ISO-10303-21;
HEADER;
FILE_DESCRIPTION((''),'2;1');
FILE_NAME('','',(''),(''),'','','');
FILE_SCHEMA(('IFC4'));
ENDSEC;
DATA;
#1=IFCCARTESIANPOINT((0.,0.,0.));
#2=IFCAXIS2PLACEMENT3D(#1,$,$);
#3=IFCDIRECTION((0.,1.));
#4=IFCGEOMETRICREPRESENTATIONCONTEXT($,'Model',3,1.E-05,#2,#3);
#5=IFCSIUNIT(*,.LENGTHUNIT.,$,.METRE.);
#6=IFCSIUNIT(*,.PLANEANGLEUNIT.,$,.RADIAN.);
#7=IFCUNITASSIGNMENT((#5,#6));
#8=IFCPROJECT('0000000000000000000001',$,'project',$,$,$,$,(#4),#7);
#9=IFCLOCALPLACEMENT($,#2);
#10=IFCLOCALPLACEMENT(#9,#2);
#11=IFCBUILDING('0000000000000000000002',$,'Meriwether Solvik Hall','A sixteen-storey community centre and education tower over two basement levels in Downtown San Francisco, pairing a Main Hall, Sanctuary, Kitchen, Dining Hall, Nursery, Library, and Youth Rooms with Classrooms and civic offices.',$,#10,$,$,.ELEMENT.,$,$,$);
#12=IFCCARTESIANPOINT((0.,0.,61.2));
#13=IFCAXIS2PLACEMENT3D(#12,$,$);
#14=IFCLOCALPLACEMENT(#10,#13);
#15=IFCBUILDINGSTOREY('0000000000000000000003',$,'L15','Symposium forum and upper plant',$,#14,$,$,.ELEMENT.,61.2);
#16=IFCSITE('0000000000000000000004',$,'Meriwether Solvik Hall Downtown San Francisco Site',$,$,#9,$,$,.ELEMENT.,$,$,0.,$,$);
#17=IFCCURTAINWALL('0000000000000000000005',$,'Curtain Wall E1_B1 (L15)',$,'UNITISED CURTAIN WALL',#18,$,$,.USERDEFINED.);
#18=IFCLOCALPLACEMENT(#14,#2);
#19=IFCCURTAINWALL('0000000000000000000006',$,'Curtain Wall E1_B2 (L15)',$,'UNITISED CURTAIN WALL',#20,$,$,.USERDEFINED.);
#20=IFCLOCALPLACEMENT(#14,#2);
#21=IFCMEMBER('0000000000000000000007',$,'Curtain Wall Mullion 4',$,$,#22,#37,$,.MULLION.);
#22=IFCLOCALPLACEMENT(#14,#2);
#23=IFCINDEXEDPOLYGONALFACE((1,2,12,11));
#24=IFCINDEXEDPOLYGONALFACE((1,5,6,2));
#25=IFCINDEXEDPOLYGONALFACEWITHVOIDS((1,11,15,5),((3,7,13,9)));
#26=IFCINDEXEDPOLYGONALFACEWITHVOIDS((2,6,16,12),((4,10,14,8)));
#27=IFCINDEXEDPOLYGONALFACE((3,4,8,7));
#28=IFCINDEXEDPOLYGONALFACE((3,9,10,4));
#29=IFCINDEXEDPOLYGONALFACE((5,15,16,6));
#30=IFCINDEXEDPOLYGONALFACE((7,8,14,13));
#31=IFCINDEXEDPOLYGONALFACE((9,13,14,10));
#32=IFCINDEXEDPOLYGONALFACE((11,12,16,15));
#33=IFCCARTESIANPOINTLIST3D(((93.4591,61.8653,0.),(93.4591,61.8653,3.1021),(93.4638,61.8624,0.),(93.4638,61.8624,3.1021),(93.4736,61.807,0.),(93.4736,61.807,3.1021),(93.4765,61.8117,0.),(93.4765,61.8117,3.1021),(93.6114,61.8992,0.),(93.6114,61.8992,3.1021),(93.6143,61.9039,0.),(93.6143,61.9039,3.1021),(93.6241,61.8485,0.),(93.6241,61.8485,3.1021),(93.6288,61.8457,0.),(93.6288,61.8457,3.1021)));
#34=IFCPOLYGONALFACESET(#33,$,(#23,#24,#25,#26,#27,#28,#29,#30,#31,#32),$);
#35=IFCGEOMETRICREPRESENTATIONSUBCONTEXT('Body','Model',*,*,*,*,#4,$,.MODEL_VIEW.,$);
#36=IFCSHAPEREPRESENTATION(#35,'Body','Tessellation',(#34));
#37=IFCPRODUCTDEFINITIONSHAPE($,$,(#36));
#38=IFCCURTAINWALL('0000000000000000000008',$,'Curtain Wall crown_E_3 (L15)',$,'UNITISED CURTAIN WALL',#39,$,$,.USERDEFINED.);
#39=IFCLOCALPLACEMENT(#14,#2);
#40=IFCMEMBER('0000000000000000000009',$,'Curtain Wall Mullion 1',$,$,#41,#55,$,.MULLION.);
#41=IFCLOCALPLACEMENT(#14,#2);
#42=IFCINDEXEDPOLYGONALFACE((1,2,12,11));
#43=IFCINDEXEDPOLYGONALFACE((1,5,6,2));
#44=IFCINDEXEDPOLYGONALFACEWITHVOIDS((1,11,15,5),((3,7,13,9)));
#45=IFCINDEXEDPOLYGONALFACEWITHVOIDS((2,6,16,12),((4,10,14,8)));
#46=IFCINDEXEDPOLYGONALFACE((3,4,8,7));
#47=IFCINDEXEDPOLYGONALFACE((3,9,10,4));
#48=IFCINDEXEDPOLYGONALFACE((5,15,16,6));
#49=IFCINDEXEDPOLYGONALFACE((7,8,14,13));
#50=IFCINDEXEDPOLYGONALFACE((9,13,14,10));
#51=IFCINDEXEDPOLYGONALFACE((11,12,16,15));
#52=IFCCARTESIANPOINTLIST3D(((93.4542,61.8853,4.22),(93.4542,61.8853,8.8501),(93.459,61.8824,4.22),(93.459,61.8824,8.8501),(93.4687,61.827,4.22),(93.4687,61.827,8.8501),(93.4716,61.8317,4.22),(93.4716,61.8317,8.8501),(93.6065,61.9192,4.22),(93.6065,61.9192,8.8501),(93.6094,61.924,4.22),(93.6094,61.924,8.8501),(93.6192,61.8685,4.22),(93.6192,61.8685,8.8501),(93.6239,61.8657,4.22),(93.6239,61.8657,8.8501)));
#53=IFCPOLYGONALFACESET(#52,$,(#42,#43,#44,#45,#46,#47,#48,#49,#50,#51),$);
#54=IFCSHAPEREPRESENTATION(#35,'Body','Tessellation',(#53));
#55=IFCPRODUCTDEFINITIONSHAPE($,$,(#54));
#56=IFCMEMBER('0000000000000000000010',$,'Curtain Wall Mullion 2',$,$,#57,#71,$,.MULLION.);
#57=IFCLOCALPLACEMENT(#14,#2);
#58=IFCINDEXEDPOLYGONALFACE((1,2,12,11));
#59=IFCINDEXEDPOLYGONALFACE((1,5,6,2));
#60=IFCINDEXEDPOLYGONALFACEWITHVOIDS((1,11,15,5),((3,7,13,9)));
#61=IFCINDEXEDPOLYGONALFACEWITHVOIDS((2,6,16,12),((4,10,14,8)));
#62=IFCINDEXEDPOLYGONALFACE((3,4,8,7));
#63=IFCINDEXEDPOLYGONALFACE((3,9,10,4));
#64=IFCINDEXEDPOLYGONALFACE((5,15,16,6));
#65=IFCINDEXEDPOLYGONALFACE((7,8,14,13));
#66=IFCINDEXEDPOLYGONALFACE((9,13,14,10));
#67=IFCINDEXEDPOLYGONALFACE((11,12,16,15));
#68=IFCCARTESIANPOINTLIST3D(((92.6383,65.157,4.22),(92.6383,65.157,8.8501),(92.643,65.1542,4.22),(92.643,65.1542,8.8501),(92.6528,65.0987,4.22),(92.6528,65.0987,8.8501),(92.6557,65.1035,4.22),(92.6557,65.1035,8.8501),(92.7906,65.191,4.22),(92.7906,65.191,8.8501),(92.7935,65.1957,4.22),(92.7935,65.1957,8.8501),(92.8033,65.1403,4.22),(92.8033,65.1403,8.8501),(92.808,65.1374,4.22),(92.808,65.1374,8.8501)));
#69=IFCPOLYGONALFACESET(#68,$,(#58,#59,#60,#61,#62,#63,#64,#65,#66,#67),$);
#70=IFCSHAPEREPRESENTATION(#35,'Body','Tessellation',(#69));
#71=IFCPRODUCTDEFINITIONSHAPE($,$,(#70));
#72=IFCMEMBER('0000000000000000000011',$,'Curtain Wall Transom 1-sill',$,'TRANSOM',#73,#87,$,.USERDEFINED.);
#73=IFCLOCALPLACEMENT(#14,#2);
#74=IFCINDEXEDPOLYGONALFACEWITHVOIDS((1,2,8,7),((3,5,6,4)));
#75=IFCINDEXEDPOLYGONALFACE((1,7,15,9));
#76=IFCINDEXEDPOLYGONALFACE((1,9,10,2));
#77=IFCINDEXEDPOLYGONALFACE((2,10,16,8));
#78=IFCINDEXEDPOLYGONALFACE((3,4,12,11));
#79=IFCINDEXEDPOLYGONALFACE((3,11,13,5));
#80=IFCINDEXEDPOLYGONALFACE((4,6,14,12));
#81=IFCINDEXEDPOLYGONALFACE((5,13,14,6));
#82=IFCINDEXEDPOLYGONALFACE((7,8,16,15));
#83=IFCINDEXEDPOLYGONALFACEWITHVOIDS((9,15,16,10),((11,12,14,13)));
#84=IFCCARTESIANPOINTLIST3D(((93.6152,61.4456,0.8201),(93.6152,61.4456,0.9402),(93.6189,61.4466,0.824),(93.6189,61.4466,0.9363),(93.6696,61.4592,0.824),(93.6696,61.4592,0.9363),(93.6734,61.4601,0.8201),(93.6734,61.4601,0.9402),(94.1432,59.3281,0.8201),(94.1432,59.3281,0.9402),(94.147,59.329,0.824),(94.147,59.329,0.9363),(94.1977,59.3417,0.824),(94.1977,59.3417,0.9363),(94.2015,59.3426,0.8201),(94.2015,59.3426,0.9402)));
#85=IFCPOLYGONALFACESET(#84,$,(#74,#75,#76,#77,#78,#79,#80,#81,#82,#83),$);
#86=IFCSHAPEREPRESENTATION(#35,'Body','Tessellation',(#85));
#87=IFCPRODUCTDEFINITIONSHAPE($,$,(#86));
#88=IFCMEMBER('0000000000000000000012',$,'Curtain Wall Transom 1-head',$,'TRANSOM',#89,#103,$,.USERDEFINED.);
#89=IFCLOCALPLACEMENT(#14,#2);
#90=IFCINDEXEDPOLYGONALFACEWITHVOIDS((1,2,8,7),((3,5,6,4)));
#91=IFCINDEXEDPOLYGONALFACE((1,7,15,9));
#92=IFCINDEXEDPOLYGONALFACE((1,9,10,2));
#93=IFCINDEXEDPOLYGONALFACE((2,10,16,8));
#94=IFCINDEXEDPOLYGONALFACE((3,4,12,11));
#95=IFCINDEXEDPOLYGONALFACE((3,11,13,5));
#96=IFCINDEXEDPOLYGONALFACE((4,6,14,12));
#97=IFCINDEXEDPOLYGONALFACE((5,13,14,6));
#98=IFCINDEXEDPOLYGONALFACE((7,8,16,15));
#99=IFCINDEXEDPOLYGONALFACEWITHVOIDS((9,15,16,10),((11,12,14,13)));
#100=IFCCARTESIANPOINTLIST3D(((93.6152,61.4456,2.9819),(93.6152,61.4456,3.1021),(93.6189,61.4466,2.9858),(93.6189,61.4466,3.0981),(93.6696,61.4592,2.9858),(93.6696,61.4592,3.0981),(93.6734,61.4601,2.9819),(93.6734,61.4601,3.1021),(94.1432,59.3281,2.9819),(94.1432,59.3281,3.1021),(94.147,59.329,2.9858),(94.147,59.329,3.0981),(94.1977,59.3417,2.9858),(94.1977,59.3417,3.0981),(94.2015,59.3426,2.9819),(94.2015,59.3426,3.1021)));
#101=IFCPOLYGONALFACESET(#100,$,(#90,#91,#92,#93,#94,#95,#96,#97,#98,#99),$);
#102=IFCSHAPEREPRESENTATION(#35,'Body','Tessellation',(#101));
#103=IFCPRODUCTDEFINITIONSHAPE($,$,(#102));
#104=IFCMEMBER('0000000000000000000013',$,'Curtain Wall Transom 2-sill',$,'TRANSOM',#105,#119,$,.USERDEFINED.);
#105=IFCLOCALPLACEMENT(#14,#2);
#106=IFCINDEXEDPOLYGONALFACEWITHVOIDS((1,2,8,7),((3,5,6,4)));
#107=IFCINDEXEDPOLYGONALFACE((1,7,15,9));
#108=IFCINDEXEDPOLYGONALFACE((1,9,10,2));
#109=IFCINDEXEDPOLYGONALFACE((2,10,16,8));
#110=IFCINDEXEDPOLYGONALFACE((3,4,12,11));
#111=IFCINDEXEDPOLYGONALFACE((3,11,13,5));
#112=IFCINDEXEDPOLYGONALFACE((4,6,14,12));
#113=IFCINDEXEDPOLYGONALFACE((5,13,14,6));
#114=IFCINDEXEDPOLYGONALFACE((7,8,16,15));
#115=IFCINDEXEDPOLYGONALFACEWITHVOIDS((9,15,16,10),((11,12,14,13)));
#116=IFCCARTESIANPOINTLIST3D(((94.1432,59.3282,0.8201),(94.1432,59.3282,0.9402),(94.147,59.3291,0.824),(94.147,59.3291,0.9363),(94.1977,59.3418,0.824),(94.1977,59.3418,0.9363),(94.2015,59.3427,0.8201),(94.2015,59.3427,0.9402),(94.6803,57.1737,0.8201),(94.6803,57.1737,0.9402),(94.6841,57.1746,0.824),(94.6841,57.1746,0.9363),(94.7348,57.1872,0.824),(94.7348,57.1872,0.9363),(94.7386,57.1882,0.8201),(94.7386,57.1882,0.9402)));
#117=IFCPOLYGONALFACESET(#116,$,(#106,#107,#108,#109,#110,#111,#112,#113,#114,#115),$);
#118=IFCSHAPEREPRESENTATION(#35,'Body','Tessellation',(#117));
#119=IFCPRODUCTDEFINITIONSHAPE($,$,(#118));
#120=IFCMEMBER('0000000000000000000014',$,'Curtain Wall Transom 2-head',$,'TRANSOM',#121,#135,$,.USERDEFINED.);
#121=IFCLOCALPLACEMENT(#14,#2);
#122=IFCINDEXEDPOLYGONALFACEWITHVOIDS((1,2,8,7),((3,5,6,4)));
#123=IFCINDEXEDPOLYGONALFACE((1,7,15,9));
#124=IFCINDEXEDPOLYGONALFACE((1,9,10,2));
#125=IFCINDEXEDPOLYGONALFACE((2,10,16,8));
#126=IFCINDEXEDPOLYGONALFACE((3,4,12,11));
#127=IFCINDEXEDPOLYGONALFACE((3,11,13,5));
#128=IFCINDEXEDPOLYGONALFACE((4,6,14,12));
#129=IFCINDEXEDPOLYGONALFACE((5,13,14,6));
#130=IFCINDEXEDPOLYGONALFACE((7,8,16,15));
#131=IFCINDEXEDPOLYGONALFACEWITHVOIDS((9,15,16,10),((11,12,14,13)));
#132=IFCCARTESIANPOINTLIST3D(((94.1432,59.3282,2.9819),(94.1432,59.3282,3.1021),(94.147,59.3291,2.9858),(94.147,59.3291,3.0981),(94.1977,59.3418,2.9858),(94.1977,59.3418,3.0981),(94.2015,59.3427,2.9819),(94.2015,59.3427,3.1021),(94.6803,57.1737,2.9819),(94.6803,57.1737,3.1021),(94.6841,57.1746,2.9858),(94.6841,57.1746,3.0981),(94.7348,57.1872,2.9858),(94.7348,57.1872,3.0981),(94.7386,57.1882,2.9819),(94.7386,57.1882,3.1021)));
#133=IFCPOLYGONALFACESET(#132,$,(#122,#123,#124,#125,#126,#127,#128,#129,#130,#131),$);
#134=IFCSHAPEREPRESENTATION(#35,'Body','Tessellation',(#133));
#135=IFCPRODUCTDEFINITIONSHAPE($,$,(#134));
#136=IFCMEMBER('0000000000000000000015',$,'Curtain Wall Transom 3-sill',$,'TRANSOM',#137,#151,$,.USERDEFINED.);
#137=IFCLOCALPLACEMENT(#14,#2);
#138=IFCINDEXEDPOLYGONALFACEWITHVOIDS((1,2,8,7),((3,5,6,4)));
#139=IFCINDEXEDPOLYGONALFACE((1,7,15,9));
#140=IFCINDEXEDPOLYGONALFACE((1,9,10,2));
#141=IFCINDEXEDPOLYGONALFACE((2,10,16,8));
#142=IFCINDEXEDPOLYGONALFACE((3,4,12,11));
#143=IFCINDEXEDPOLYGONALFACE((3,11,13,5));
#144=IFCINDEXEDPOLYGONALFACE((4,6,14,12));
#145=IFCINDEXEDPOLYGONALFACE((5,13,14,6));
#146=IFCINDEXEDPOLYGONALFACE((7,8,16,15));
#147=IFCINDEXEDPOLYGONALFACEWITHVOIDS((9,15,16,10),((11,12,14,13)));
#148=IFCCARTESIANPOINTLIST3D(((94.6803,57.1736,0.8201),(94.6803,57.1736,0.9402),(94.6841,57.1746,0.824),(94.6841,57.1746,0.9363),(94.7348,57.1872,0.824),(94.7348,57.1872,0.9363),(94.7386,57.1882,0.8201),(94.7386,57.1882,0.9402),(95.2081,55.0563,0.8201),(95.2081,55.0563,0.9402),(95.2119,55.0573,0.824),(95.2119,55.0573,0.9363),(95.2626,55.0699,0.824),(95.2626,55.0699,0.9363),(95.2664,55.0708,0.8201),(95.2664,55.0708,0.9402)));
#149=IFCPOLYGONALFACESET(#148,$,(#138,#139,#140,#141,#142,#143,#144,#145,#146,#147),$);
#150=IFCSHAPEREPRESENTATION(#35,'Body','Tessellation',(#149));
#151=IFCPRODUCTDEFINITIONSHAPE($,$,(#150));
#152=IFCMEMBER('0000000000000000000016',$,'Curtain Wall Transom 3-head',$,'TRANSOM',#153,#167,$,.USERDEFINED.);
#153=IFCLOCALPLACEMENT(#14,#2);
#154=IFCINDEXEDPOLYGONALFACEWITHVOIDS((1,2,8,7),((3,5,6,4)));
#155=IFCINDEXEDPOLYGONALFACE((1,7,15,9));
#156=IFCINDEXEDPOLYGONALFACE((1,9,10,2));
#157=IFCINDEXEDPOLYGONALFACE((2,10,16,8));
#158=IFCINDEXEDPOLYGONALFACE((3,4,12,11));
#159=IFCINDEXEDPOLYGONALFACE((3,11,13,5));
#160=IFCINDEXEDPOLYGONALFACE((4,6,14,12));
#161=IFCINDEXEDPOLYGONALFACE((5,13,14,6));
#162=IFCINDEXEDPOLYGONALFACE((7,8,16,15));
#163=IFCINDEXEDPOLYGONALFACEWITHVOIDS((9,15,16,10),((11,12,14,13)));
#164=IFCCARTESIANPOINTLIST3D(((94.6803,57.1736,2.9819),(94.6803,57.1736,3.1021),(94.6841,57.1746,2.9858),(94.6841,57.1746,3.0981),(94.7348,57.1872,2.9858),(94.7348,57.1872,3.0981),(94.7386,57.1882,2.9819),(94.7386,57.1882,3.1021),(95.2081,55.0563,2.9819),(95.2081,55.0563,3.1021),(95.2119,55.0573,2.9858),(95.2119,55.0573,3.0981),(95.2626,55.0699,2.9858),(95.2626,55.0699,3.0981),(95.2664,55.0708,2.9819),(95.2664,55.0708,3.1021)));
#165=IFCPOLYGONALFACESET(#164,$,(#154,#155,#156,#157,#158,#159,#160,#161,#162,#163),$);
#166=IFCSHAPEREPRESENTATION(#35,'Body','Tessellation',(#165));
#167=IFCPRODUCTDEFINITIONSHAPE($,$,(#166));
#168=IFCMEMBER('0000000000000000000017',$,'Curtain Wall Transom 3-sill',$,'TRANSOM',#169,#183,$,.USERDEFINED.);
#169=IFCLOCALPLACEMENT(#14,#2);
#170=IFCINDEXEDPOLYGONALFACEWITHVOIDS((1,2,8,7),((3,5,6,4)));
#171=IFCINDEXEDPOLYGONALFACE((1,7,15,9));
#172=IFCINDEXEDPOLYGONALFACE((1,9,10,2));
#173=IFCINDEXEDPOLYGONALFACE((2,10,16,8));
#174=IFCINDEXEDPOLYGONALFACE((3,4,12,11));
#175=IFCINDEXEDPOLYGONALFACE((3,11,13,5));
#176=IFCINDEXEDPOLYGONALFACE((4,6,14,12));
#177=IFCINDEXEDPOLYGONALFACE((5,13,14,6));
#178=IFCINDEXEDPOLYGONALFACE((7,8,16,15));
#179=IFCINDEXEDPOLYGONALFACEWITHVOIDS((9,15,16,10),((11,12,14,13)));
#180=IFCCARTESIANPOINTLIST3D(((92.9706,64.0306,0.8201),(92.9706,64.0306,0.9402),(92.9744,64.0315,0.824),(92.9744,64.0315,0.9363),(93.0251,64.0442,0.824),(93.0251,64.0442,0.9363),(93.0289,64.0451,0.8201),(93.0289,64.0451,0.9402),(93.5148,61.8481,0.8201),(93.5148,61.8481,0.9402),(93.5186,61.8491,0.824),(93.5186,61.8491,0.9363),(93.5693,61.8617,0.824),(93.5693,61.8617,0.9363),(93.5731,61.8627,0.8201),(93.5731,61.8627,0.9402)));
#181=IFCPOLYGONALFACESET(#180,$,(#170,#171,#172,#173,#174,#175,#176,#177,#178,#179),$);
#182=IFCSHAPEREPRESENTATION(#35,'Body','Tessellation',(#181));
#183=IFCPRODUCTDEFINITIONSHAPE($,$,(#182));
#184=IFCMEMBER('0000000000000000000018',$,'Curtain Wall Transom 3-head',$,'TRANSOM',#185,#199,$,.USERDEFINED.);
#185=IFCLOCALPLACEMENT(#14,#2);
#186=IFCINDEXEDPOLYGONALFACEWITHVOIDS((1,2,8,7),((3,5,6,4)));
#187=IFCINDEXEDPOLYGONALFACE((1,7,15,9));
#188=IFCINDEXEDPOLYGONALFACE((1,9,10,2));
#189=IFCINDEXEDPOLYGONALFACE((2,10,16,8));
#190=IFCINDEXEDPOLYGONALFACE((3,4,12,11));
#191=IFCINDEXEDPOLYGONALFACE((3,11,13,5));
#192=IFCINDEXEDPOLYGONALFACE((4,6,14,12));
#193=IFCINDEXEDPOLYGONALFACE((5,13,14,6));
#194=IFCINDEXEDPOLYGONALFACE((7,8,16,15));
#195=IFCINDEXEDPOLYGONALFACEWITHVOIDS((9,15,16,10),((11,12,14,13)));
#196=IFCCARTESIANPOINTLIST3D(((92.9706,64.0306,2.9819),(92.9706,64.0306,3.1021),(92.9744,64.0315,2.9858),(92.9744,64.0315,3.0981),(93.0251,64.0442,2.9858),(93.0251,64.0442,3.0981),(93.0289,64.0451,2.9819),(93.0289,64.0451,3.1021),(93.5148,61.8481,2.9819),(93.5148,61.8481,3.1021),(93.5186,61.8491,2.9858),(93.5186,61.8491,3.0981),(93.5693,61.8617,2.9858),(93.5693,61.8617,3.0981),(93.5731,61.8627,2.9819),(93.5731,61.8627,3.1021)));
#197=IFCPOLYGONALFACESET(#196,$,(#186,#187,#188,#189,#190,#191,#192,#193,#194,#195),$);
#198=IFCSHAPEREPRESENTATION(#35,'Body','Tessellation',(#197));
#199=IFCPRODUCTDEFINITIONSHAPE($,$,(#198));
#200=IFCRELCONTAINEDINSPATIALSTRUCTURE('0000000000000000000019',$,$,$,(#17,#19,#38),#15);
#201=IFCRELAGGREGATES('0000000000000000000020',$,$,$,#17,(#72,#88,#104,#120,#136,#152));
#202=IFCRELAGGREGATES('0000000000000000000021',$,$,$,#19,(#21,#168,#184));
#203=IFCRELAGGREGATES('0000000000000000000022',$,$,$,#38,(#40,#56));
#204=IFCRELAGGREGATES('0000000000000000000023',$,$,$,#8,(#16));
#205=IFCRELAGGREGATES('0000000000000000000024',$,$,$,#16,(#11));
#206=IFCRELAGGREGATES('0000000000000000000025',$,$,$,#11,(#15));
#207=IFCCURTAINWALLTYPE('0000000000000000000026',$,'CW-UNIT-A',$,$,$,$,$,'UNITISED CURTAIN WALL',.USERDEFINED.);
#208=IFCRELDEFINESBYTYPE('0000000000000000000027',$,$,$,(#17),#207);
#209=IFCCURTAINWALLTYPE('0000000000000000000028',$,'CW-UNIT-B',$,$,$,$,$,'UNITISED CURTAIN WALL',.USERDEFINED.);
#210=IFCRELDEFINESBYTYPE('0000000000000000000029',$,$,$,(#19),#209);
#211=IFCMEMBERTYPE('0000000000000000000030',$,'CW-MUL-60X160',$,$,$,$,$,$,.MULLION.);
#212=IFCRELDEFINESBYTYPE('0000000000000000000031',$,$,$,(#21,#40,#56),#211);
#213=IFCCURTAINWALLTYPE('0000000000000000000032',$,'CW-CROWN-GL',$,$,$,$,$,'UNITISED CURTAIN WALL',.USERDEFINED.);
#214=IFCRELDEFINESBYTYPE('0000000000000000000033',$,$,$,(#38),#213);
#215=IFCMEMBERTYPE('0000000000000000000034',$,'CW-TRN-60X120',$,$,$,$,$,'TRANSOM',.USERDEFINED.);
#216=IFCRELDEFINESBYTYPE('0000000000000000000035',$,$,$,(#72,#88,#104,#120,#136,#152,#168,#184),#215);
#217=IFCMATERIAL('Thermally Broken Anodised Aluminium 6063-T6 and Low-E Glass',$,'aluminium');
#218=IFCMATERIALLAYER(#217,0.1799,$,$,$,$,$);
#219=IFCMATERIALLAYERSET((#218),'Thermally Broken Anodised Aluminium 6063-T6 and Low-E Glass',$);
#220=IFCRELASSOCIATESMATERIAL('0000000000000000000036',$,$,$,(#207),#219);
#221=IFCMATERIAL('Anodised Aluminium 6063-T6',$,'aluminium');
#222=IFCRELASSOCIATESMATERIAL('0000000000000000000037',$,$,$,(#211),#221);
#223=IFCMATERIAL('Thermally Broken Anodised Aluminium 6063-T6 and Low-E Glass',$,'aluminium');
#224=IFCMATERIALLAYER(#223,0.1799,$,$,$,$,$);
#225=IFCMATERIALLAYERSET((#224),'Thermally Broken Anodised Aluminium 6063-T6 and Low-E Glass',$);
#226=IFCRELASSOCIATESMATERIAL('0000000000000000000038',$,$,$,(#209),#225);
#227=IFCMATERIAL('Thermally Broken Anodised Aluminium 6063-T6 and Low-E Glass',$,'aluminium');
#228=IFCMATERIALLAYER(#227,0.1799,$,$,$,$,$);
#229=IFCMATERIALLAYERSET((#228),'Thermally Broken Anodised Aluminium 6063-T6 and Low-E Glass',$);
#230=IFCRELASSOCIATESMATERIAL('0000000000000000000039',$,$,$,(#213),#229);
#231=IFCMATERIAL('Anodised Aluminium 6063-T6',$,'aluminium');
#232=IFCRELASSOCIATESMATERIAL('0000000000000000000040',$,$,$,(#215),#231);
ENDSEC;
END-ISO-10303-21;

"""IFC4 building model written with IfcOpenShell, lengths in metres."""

from ifc_helpers import new_model, si_unit, direction, frame, origin, origin_2d, place, context, subcontext, project, spatial, hollow_rectangle, extrude, material, layer, layer_set, material_profile, profile_set, type_object, element, aggregate, save


model = new_model("IFC4")

# Units and contexts
model_context = context("Model", 3, precision=1e-05, world=origin(), true_north=direction((0.0, 1.0)))
body_context = subcontext(model_context, "Body", "Model", "MODEL_VIEW")
ifc_project = project(units=[si_unit("LENGTHUNIT", "METRE"), si_unit("PLANEANGLEUNIT", "RADIAN")], contexts=[model_context])

# Site, building, storey
site_placement = place(None, origin())
site = spatial("IfcSite", under=ifc_project, at=site_placement, Name="Meriwether Solvik Hall Downtown San Francisco Site", CompositionType="ELEMENT", RefElevation=0.0)
building_placement = place(site_placement, origin())
building = spatial("IfcBuilding", under=site, at=building_placement, Name="Meriwether Solvik Hall", Description="A sixteen-storey community centre and education tower over two basement levels in Downtown San Francisco, pairing a Main Hall, Sanctuary, Kitchen, Dining Hall, Nursery, Library, and Youth Rooms with Classrooms and civic offices.", CompositionType="ELEMENT")
storey_placement = place(building_placement, frame((0.0, 0.0, 61.2)))
storey = spatial("IfcBuildingStorey", under=building, at=storey_placement, Name="L15", Description="Symposium forum and upper plant", CompositionType="ELEMENT", Elevation=61.2)

# Curtain walls, members
ifc_material_1 = material(Name="Thermally Broken Anodised Aluminium 6063-T6 and Low-E Glass", Category="aluminium")
ifc_layer_1 = layer(ifc_material_1, 0.1799)
ifc_layer_set_1 = layer_set([ifc_layer_1], Name="Thermally Broken Anodised Aluminium 6063-T6 and Low-E Glass")
curtain_wall_type_1 = type_object("IfcCurtainWallType", Name="CW-UNIT-A", ElementType="UNITISED CURTAIN WALL", PredefinedType="USERDEFINED", material=ifc_layer_set_1)
curtain_wall_1_placement = place(storey_placement, origin())
curtain_wall_1 = element("IfcCurtainWall", 1, at=curtain_wall_1_placement, inside=storey, type_object=curtain_wall_type_1, Name="Curtain Wall E1_B1 (L15)", ObjectType="UNITISED CURTAIN WALL", PredefinedType="USERDEFINED")
ifc_material_2 = material(Name="Anodised Aluminium 6063-T6", Category="aluminium")
ifc_material_profile_1 = material_profile(ifc_material_2, hollow_rectangle(XDim=0.0601, YDim=0.1599, WallThickness=0.0039, at=origin_2d()), Name="CWM-60X160")
ifc_profile_set_1 = profile_set([ifc_material_profile_1], Name="Anodised Aluminium 6063-T6")
member_type_1 = type_object("IfcMemberType", Name="CW-MUL-60X160", PredefinedType="MULLION", material=ifc_profile_set_1)
ifc_material_3 = material(Name="Thermally Broken Anodised Aluminium 6063-T6 and Low-E Glass", Category="aluminium")
ifc_layer_2 = layer(ifc_material_3, 0.1799)
ifc_layer_set_2 = layer_set([ifc_layer_2], Name="Thermally Broken Anodised Aluminium 6063-T6 and Low-E Glass")
curtain_wall_type_2 = type_object("IfcCurtainWallType", Name="CW-UNIT-B", ElementType="UNITISED CURTAIN WALL", PredefinedType="USERDEFINED", material=ifc_layer_set_2)
curtain_wall_2_placement = place(storey_placement, origin())
curtain_wall_2 = element("IfcCurtainWall", 2, at=curtain_wall_2_placement, inside=storey, type_object=curtain_wall_type_2, Name="Curtain Wall E1_B2 (L15)", ObjectType="UNITISED CURTAIN WALL", PredefinedType="USERDEFINED")
member_1_placement = place(storey_placement, frame((93.5439, 61.8555, 0.0), z_axis=(0.0, 0.0, 1.0), x_axis=(0.241922, -0.970296, 0.0)))
member_1 = element("IfcMember", 3, at=member_1_placement, type_object=member_type_1, Name="Curtain Wall Mullion 4", PredefinedType="MULLION", context=body_context, shape_type="SweptSolid", body=[
    extrude(hollow_rectangle(XDim=0.0601, YDim=0.1599, WallThickness=0.0039, at=origin_2d()), origin(), (0.0, 0.0, 1.0), 3.1021),
])
ifc_material_4 = material(Name="Thermally Broken Anodised Aluminium 6063-T6 and Low-E Glass", Category="aluminium")
ifc_layer_3 = layer(ifc_material_4, 0.1799)
ifc_layer_set_3 = layer_set([ifc_layer_3], Name="Thermally Broken Anodised Aluminium 6063-T6 and Low-E Glass")
curtain_wall_type_3 = type_object("IfcCurtainWallType", Name="CW-CROWN-GL", ElementType="UNITISED CURTAIN WALL", PredefinedType="USERDEFINED", material=ifc_layer_set_3)
curtain_wall_3_placement = place(storey_placement, origin())
curtain_wall_3 = element("IfcCurtainWall", 4, at=curtain_wall_3_placement, inside=storey, type_object=curtain_wall_type_3, Name="Curtain Wall crown_E_3 (L15)", ObjectType="UNITISED CURTAIN WALL", PredefinedType="USERDEFINED")
member_2_placement = place(storey_placement, frame((93.5391, 61.8755, 4.22), z_axis=(0.0, 0.0, 1.0), x_axis=(-0.241923, 0.970296, 0.0)))
member_2 = element("IfcMember", 5, at=member_2_placement, type_object=member_type_1, Name="Curtain Wall Mullion 1", PredefinedType="MULLION", context=body_context, shape_type="SweptSolid", body=[
    extrude(hollow_rectangle(XDim=0.0601, YDim=0.1599, WallThickness=0.0039, at=origin_2d()), origin(), (0.0, 0.0, 1.0), 4.6301),
])
member_3_placement = place(storey_placement, frame((92.7231, 65.1472, 4.22), z_axis=(0.0, 0.0, 1.0), x_axis=(-0.241923, 0.970296, 0.0)))
member_3 = element("IfcMember", 6, at=member_3_placement, type_object=member_type_1, Name="Curtain Wall Mullion 2", PredefinedType="MULLION", context=body_context, shape_type="SweptSolid", body=[
    extrude(hollow_rectangle(XDim=0.0601, YDim=0.1599, WallThickness=0.0039, at=origin_2d()), origin(), (0.0, 0.0, 1.0), 4.6301),
])

# Members
ifc_material_5 = material(Name="Anodised Aluminium 6063-T6", Category="aluminium")
ifc_material_profile_2 = material_profile(ifc_material_5, hollow_rectangle(XDim=0.0601, YDim=0.1201, WallThickness=0.0039, at=origin_2d()), Name="CWT-60X120")
ifc_profile_set_2 = profile_set([ifc_material_profile_2], Name="Anodised Aluminium 6063-T6")
member_type_2 = type_object("IfcMemberType", Name="CW-TRN-60X120", ElementType="TRANSOM", PredefinedType="USERDEFINED", material=ifc_profile_set_2)
member_4_placement = place(storey_placement, frame((93.6443, 61.4529, 0.8801), z_axis=(0.241983, -0.970281, 0.0), x_axis=(0.970281, 0.241983, 0.0)))
member_4 = element("IfcMember", 7, at=member_4_placement, type_object=member_type_2, Name="Curtain Wall Transom 1-sill", ObjectType="TRANSOM", PredefinedType="USERDEFINED", context=body_context, shape_type="SweptSolid", body=[
    extrude(hollow_rectangle(XDim=0.0601, YDim=0.1201, WallThickness=0.0039, at=origin_2d()), origin(), (0.0, 0.0, 1.0), 2.1824),
])
member_5_placement = place(storey_placement, frame((93.6443, 61.4529, 3.042), z_axis=(0.241983, -0.970281, 0.0), x_axis=(0.970281, 0.241983, 0.0)))
member_5 = element("IfcMember", 8, at=member_5_placement, type_object=member_type_2, Name="Curtain Wall Transom 1-head", ObjectType="TRANSOM", PredefinedType="USERDEFINED", context=body_context, shape_type="SweptSolid", body=[
    extrude(hollow_rectangle(XDim=0.0601, YDim=0.1201, WallThickness=0.0039, at=origin_2d()), origin(), (0.0, 0.0, 1.0), 2.1824),
])
member_6_placement = place(storey_placement, frame((94.1724, 59.3354, 0.8801), z_axis=(0.241889, -0.970304, 0.0), x_axis=(0.970304, 0.241889, 0.0)))
member_6 = element("IfcMember", 9, at=member_6_placement, type_object=member_type_2, Name="Curtain Wall Transom 2-sill", ObjectType="TRANSOM", PredefinedType="USERDEFINED", context=body_context, shape_type="SweptSolid", body=[
    extrude(hollow_rectangle(XDim=0.0601, YDim=0.1201, WallThickness=0.0039, at=origin_2d()), origin(), (0.0, 0.0, 1.0), 2.2205),
])
member_7_placement = place(storey_placement, frame((94.1724, 59.3354, 3.042), z_axis=(0.241889, -0.970304, 0.0), x_axis=(0.970304, 0.241889, 0.0)))
member_7 = element("IfcMember", 10, at=member_7_placement, type_object=member_type_2, Name="Curtain Wall Transom 2-head", ObjectType="TRANSOM", PredefinedType="USERDEFINED", context=body_context, shape_type="SweptSolid", body=[
    extrude(hollow_rectangle(XDim=0.0601, YDim=0.1201, WallThickness=0.0039, at=origin_2d()), origin(), (0.0, 0.0, 1.0), 2.2205),
])
member_8_placement = place(storey_placement, frame((94.7095, 57.1809, 0.8801), z_axis=(0.241877, -0.970307, 0.0), x_axis=(0.970307, 0.241877, 0.0)))
member_8 = element("IfcMember", 11, at=member_8_placement, type_object=member_type_2, Name="Curtain Wall Transom 3-sill", ObjectType="TRANSOM", PredefinedType="USERDEFINED", context=body_context, shape_type="SweptSolid", body=[
    extrude(hollow_rectangle(XDim=0.0601, YDim=0.1201, WallThickness=0.0039, at=origin_2d()), origin(), (0.0, 0.0, 1.0), 2.1821),
])
member_9_placement = place(storey_placement, frame((94.7095, 57.1809, 3.042), z_axis=(0.241877, -0.970307, 0.0), x_axis=(0.970307, 0.241877, 0.0)))
member_9 = element("IfcMember", 12, at=member_9_placement, type_object=member_type_2, Name="Curtain Wall Transom 3-head", ObjectType="TRANSOM", PredefinedType="USERDEFINED", context=body_context, shape_type="SweptSolid", body=[
    extrude(hollow_rectangle(XDim=0.0601, YDim=0.1201, WallThickness=0.0039, at=origin_2d()), origin(), (0.0, 0.0, 1.0), 2.1821),
])
member_10_placement = place(storey_placement, frame((92.9998, 64.0378, 0.8801), z_axis=(0.241948, -0.970289, 0.0), x_axis=(0.970289, 0.241948, 0.0)))
member_10 = element("IfcMember", 13, at=member_10_placement, type_object=member_type_2, Name="Curtain Wall Transom 3-sill", ObjectType="TRANSOM", PredefinedType="USERDEFINED", context=body_context, shape_type="SweptSolid", body=[
    extrude(hollow_rectangle(XDim=0.0601, YDim=0.1201, WallThickness=0.0039, at=origin_2d()), origin(), (0.0, 0.0, 1.0), 2.2493),
])
member_11_placement = place(storey_placement, frame((92.9998, 64.0378, 3.042), z_axis=(0.241948, -0.970289, 0.0), x_axis=(0.970289, 0.241948, 0.0)))
member_11 = element("IfcMember", 14, at=member_11_placement, type_object=member_type_2, Name="Curtain Wall Transom 3-head", ObjectType="TRANSOM", PredefinedType="USERDEFINED", context=body_context, shape_type="SweptSolid", body=[
    extrude(hollow_rectangle(XDim=0.0601, YDim=0.1201, WallThickness=0.0039, at=origin_2d()), origin(), (0.0, 0.0, 1.0), 2.2493),
])

aggregate(curtain_wall_1, [member_4, member_5, member_6, member_7, member_8, member_9])
aggregate(curtain_wall_2, [member_1, member_10, member_11])
aggregate(curtain_wall_3, [member_2, member_3])

save(model, "model.ifc")
